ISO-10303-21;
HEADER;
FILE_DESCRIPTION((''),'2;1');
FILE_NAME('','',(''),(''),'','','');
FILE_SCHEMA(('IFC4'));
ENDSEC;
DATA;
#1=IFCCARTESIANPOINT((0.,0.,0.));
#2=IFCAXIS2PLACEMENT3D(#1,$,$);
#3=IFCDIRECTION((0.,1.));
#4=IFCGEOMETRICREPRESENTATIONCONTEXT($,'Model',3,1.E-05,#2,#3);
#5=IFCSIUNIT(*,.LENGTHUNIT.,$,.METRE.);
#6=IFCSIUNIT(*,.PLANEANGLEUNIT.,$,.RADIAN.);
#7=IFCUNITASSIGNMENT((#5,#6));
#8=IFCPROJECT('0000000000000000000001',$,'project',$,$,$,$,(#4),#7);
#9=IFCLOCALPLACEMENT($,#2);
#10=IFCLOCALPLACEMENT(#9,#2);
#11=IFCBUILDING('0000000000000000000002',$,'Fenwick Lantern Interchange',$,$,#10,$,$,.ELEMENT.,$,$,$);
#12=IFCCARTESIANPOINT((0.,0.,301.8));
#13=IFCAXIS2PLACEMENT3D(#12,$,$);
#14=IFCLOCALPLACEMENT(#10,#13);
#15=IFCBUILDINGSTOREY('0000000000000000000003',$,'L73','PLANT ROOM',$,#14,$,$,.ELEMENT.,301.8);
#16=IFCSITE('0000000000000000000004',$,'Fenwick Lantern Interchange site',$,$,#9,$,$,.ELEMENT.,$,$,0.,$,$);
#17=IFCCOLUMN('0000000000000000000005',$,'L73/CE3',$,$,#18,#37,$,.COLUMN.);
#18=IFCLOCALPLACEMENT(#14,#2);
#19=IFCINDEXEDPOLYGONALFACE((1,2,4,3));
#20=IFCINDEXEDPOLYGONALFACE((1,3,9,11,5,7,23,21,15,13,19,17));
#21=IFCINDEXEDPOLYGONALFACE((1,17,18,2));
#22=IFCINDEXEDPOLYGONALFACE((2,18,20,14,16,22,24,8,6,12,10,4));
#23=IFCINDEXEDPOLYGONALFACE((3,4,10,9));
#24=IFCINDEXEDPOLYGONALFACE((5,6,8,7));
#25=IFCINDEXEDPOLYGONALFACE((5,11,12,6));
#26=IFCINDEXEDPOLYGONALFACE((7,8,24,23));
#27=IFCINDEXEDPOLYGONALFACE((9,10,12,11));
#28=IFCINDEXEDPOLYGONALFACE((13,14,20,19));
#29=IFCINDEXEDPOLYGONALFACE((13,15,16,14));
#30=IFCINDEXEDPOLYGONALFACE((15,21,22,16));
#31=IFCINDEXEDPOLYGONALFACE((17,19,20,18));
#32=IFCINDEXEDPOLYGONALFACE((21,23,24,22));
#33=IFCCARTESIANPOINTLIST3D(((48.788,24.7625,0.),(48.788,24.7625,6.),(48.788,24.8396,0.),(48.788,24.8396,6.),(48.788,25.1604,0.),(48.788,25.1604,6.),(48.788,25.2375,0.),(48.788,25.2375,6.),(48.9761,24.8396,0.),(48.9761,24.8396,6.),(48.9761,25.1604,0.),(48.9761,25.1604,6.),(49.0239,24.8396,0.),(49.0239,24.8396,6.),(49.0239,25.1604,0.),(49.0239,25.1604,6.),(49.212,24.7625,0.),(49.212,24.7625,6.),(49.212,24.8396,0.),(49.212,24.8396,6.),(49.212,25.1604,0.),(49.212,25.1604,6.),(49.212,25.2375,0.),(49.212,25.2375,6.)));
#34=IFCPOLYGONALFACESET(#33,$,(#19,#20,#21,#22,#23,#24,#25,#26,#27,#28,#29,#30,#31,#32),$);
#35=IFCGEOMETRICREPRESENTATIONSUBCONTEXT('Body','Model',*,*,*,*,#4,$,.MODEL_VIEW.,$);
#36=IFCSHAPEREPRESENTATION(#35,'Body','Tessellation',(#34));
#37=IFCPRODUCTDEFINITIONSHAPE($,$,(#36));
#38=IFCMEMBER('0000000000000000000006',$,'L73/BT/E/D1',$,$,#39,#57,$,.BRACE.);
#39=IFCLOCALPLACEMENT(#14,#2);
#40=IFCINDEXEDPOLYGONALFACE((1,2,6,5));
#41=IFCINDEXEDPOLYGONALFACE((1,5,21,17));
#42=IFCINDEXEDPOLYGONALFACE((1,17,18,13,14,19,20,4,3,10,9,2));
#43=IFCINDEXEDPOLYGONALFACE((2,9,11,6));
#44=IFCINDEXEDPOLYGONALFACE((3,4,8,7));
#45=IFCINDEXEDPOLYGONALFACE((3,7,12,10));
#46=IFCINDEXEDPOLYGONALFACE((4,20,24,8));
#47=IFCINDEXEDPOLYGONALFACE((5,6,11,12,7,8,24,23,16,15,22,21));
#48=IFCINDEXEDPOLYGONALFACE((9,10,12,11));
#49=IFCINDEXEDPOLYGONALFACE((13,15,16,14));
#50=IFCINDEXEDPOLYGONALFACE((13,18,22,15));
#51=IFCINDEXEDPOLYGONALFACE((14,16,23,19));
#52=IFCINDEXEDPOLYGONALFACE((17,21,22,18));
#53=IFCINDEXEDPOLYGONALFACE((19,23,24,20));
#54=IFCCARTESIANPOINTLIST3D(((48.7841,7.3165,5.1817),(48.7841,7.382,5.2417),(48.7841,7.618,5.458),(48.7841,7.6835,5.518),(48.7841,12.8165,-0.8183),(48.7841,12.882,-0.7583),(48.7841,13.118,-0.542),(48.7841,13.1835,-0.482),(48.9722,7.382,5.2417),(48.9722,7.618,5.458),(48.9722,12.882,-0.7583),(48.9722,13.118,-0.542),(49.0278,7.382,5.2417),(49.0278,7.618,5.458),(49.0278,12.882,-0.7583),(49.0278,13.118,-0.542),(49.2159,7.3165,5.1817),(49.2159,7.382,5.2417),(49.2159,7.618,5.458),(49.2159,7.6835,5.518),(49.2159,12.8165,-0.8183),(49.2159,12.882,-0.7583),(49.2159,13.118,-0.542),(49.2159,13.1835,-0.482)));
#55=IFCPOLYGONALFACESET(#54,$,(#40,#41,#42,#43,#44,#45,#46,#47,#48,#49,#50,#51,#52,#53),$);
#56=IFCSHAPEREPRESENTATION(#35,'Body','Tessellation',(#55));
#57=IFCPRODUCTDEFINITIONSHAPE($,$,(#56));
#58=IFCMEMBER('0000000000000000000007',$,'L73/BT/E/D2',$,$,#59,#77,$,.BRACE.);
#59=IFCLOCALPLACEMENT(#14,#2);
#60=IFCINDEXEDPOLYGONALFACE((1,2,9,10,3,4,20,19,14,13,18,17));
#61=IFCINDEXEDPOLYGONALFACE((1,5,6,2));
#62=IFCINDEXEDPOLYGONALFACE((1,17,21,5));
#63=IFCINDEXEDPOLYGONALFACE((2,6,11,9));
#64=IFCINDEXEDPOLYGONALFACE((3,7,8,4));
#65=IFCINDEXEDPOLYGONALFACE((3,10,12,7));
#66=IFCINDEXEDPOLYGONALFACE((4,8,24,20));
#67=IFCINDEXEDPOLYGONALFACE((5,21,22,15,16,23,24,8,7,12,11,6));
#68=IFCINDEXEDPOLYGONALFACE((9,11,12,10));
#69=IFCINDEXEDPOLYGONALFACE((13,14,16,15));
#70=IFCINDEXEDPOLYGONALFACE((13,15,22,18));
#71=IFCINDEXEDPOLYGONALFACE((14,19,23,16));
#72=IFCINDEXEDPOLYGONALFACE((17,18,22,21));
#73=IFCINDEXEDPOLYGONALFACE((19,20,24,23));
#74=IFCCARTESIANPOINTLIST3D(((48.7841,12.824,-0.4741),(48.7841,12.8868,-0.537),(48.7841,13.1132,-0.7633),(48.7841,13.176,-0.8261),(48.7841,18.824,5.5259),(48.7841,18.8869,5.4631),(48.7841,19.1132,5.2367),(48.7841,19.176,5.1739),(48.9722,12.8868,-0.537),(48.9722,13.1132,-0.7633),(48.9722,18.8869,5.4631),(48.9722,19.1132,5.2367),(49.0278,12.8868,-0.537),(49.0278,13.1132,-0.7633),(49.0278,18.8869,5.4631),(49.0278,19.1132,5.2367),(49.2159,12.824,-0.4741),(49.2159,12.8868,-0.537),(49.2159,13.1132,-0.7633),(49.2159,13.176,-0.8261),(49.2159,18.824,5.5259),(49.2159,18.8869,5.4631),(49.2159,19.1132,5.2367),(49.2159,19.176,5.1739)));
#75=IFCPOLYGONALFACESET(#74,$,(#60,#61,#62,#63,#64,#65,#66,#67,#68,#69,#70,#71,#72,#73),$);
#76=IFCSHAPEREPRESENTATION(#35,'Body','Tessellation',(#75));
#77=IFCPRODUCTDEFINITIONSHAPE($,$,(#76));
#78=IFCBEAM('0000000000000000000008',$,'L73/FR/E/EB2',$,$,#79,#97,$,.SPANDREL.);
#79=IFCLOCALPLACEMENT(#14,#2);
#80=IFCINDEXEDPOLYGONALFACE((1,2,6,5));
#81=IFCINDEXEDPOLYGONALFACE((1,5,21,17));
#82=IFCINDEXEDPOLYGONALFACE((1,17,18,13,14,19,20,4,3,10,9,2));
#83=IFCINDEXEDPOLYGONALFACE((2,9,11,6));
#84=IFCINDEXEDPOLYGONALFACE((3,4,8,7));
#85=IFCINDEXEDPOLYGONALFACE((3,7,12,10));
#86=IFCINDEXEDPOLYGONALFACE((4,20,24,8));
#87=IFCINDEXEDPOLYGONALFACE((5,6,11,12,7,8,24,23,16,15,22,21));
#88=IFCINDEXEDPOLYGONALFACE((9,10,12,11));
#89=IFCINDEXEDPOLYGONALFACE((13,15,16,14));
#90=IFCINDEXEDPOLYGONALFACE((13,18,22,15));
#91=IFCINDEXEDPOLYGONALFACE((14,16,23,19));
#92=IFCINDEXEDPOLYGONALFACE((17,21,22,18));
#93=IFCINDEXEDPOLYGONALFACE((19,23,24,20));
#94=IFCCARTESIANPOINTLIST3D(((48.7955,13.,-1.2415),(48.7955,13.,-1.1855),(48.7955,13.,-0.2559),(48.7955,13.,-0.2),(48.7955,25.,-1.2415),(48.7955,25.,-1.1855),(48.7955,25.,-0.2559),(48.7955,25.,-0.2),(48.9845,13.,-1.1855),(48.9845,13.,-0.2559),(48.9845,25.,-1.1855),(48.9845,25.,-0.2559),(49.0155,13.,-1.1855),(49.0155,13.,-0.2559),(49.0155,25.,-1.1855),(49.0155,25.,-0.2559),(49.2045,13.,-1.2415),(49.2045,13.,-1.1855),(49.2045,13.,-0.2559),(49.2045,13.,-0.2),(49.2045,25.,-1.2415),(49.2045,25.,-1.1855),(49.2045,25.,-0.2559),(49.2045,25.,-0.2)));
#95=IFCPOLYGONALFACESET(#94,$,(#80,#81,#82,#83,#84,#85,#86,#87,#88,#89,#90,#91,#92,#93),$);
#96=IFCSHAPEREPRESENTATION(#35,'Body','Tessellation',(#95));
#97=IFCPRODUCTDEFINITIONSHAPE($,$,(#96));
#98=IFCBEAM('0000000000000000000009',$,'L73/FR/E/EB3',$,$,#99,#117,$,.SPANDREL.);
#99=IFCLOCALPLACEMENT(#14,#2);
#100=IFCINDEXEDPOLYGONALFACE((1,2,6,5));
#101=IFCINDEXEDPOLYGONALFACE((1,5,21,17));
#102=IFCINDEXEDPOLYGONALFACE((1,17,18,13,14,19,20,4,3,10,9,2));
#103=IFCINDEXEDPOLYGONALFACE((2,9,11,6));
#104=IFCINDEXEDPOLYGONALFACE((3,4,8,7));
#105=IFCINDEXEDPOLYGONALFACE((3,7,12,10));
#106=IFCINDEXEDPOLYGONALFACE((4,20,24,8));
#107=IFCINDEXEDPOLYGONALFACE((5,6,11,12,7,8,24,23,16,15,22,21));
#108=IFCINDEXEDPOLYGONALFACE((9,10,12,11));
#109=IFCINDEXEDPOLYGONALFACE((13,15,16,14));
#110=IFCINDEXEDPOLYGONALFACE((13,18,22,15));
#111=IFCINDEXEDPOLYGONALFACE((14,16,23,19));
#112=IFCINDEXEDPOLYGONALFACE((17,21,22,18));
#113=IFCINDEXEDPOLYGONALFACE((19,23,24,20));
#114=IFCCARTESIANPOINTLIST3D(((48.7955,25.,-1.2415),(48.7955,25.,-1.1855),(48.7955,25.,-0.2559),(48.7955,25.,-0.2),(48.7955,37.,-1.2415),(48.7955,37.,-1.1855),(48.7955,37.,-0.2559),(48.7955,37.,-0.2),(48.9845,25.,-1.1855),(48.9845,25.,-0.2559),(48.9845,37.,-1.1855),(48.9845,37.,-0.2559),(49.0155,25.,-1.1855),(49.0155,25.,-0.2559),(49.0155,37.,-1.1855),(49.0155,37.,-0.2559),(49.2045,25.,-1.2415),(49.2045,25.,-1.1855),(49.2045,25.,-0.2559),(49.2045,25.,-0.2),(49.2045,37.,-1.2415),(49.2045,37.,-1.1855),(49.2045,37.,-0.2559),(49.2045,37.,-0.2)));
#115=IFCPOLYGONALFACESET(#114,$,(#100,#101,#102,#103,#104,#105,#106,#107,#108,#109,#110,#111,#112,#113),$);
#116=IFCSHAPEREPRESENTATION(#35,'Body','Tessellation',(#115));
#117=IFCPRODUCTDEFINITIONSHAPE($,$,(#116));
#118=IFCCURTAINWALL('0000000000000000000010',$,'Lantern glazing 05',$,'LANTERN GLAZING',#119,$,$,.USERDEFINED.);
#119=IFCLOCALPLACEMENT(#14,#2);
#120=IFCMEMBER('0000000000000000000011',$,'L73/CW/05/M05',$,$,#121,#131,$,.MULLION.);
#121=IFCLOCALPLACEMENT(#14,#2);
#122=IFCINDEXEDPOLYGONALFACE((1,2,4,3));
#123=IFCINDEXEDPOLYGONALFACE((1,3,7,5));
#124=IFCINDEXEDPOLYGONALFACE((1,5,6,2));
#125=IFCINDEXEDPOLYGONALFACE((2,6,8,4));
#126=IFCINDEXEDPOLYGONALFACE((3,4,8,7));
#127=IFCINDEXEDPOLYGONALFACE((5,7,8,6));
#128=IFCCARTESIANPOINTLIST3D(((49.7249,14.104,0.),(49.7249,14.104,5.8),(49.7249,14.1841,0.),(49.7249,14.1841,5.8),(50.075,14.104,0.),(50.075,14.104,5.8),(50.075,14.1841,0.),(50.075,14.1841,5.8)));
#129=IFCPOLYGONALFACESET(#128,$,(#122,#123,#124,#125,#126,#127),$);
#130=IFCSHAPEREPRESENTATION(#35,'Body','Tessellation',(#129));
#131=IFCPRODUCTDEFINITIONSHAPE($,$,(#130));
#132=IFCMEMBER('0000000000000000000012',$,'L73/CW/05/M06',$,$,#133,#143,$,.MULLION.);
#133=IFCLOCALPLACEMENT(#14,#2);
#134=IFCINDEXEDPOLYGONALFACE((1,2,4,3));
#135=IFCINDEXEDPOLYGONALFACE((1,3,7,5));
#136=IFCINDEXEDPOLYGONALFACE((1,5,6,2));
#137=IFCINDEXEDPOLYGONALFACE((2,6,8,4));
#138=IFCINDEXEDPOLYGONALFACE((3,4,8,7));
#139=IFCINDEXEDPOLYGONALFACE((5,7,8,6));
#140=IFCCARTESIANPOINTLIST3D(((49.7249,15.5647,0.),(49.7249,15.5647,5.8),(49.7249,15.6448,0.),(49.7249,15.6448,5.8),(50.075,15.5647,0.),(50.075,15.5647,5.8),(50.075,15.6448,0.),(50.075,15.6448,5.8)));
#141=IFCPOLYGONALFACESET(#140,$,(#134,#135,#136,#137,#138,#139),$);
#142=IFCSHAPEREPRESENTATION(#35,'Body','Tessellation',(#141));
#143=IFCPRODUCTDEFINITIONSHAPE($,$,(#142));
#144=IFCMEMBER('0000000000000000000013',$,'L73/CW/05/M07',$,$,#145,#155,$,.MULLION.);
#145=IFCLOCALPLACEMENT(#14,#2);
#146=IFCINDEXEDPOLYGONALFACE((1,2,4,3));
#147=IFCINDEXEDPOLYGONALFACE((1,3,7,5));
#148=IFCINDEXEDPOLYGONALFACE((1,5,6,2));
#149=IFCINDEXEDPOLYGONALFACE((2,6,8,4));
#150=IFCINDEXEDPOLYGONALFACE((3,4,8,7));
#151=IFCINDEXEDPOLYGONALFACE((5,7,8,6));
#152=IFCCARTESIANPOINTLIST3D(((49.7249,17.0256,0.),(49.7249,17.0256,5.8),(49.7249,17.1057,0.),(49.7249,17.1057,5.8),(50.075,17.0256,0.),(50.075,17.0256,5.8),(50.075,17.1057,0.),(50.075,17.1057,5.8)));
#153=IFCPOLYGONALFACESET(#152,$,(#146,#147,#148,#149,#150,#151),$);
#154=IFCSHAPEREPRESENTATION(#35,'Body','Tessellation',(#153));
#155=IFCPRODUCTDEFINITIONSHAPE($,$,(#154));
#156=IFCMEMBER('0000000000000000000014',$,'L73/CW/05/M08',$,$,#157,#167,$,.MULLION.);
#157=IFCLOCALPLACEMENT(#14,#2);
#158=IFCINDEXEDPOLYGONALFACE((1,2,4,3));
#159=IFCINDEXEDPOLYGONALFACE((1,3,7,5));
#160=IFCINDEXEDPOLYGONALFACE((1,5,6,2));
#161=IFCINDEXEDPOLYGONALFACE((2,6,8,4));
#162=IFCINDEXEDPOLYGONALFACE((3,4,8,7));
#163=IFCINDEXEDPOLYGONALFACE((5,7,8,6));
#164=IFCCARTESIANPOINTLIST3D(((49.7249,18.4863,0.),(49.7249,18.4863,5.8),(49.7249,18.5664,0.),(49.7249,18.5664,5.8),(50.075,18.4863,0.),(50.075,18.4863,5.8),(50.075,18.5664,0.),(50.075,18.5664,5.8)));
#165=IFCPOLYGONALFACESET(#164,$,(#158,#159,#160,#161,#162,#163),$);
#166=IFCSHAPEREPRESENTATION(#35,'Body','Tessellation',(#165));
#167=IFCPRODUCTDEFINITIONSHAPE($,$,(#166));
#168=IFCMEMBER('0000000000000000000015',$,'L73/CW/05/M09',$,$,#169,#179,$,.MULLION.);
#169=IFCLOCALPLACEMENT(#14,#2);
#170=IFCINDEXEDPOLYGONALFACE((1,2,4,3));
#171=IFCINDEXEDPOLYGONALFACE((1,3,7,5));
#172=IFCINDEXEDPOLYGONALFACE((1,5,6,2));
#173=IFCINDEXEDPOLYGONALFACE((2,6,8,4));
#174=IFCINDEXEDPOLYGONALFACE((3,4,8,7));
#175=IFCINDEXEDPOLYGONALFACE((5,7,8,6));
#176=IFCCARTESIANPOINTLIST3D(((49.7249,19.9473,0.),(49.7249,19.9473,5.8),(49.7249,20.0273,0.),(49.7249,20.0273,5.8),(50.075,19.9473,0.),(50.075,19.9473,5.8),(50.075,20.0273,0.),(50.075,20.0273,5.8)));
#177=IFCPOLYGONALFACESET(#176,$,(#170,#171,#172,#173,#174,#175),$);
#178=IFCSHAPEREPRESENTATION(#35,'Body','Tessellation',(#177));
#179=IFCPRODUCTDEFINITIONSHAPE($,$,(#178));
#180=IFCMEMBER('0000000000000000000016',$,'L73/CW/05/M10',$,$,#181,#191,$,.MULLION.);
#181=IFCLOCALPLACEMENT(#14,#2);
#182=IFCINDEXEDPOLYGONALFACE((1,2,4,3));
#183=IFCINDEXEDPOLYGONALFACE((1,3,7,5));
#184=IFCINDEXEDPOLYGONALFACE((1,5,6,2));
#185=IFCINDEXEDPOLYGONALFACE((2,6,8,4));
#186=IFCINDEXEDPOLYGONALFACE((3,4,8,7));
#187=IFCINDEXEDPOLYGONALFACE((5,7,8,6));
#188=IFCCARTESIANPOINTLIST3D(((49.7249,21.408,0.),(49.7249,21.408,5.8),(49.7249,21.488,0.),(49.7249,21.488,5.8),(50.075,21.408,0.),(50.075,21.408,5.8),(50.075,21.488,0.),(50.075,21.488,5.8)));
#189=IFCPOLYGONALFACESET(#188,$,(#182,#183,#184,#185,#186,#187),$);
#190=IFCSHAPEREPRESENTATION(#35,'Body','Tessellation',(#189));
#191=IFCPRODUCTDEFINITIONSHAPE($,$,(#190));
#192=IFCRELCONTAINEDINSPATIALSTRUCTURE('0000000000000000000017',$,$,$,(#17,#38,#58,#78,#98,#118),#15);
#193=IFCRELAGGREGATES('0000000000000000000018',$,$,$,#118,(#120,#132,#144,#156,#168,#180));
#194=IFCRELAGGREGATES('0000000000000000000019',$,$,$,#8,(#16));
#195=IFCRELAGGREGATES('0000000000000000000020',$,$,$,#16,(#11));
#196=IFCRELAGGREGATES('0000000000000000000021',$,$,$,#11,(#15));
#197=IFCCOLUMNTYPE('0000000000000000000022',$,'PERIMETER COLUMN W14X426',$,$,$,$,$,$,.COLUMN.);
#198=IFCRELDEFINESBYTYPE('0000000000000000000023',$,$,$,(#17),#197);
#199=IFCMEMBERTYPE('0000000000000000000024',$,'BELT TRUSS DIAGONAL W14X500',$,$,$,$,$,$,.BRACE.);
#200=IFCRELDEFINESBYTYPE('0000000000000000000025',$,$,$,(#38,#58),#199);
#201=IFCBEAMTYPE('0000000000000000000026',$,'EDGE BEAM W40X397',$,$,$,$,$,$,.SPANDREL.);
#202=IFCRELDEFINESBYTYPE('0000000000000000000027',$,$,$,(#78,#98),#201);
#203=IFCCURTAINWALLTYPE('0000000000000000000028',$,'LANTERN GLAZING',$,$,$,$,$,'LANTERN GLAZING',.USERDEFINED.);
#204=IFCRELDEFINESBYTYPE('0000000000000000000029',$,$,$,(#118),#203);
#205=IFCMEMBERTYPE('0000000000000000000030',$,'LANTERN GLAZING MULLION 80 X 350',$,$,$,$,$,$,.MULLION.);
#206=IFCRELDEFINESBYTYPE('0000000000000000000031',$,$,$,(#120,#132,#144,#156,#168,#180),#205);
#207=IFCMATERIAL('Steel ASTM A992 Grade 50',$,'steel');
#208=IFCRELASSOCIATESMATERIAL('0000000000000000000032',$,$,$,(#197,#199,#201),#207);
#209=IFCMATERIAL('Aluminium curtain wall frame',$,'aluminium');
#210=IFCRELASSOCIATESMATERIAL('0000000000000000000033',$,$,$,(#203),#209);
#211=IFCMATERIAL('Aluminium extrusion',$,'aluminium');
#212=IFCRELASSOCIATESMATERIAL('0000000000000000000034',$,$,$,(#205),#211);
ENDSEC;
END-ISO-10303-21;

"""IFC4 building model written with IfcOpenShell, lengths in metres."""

from ifc_helpers import new_model, si_unit, direction, frame, origin, origin_2d, place, context, subcontext, project, spatial, rectangle, i_section, extrude, material, material_profile, profile_set, type_object, element, aggregate, save


model = new_model("IFC4")

# Units and contexts
model_context = context("Model", 3, precision=1e-05, world=origin(), true_north=direction((0.0, 1.0)))
body_context = subcontext(model_context, "Body", "Model", "MODEL_VIEW")
ifc_project = project(units=[si_unit("LENGTHUNIT", "METRE"), si_unit("PLANEANGLEUNIT", "RADIAN")], contexts=[model_context])

# Site, building, storey
site_placement = place(None, origin())
site = spatial("IfcSite", under=ifc_project, at=site_placement, Name="Fenwick Lantern Interchange site", CompositionType="ELEMENT", RefElevation=0.0)
building_placement = place(site_placement, origin())
building = spatial("IfcBuilding", under=site, at=building_placement, Name="Fenwick Lantern Interchange", CompositionType="ELEMENT")
storey_placement = place(building_placement, frame((0.0, 0.0, 301.8)))
storey = spatial("IfcBuildingStorey", under=building, at=storey_placement, Name="L73", Description="PLANT ROOM", CompositionType="ELEMENT", Elevation=301.8)

# Column
ifc_material_1 = material(Name="Steel ASTM A992 Grade 50", Category="steel")
ifc_material_profile_1 = material_profile(ifc_material_1, i_section(OverallWidth=0.4241, OverallDepth=0.4751, WebThickness=0.0479, FlangeThickness=0.0771, at=origin_2d()), Name="W14X426")
ifc_profile_set_1 = profile_set([ifc_material_profile_1], Name="Steel ASTM A992 Grade 50")
column_type = type_object("IfcColumnType", Name="PERIMETER COLUMN W14X426", PredefinedType="COLUMN", material=ifc_profile_set_1)
column_placement = place(storey_placement, frame((49.0, 25.0, 0.0), z_axis=(0.0, 0.0, 1.0), x_axis=(1.0, 0.0, 0.0)))
element("IfcColumn", 1, at=column_placement, inside=storey, type_object=column_type, Name="L73/CE3", PredefinedType="COLUMN", context=body_context, shape_type="SweptSolid", body=[
    extrude(i_section(OverallWidth=0.4241, OverallDepth=0.4751, WebThickness=0.0479, FlangeThickness=0.0771, at=origin_2d()), origin(), (0.0, 0.0, 1.0), 6.0),
])

# Members
ifc_material_profile_2 = material_profile(ifc_material_1, i_section(OverallWidth=0.4319, OverallDepth=0.4978, WebThickness=0.0557, FlangeThickness=0.0889, at=origin_2d()), Name="W14X500")
ifc_profile_set_2 = profile_set([ifc_material_profile_2], Name="Steel ASTM A992 Grade 50")
member_type_1 = type_object("IfcMemberType", Name="BELT TRUSS DIAGONAL W14X500", PredefinedType="BRACE", material=ifc_profile_set_2)
member_1_placement = place(storey_placement, frame((49.0, 13.0, -0.6501), z_axis=(0.0, -0.675725, 0.737154), x_axis=(1.0, 0.0, 0.0)))
element("IfcMember", 2, at=member_1_placement, inside=storey, type_object=member_type_1, Name="L73/BT/E/D1", PredefinedType="BRACE", context=body_context, shape_type="SweptSolid", body=[
    extrude(i_section(OverallWidth=0.4319, OverallDepth=0.4978, WebThickness=0.0557, FlangeThickness=0.0889, at=origin_2d()), origin(), (0.0, 0.0, 1.0), 8.1394),
])
member_2_placement = place(storey_placement, frame((49.0, 13.0, -0.6501), z_axis=(0.0, 0.707107, 0.707107), x_axis=(-1.0, 0.0, 0.0)))
element("IfcMember", 3, at=member_2_placement, inside=storey, type_object=member_type_1, Name="L73/BT/E/D2", PredefinedType="BRACE", context=body_context, shape_type="SweptSolid", body=[
    extrude(i_section(OverallWidth=0.4319, OverallDepth=0.4978, WebThickness=0.0557, FlangeThickness=0.0889, at=origin_2d()), origin(), (0.0, 0.0, 1.0), 8.4854),
])

# Beams
ifc_material_profile_3 = material_profile(ifc_material_1, i_section(OverallWidth=0.4089, OverallDepth=1.0415, WebThickness=0.031, FlangeThickness=0.0559, at=origin_2d()), Name="W40X397")
ifc_profile_set_3 = profile_set([ifc_material_profile_3], Name="Steel ASTM A992 Grade 50")
beam_type_1 = type_object("IfcBeamType", Name="EDGE BEAM W40X397", PredefinedType="SPANDREL", material=ifc_profile_set_3)
for number, where, z_axis, x_axis, name in (
    (4, (49.0, 13.0, -0.7207), (0.0, 1.0, 0.0), (-1.0, 0.0, 0.0), "L73/FR/E/EB2"),
    (5, (49.0, 25.0, -0.7207), (0.0, 1.0, 0.0), (-1.0, 0.0, 0.0), "L73/FR/E/EB3"),
):
    element("IfcBeam", number, at=place(storey_placement, frame(where, z_axis=z_axis, x_axis=x_axis)), inside=storey, type_object=beam_type_1, Name=name, PredefinedType="SPANDREL", context=body_context, shape_type="SweptSolid", body=[
        extrude(i_section(OverallWidth=0.4089, OverallDepth=1.0415, WebThickness=0.031, FlangeThickness=0.0559, at=origin_2d()), origin(), (0.0, 0.0, 1.0), 12.0),
    ])

# Curtain wall, members
ifc_material_2 = material(Name="Aluminium curtain wall frame", Category="aluminium")
curtain_wall_type = type_object("IfcCurtainWallType", Name="LANTERN GLAZING", ElementType="LANTERN GLAZING", PredefinedType="USERDEFINED", material=ifc_material_2)
curtain_wall_placement = place(storey_placement, origin())
curtain_wall = element("IfcCurtainWall", 6, at=curtain_wall_placement, inside=storey, type_object=curtain_wall_type, Name="Lantern glazing 05", ObjectType="LANTERN GLAZING", PredefinedType="USERDEFINED")
ifc_material_3 = material(Name="Aluminium extrusion", Category="aluminium")
ifc_material_profile_4 = material_profile(ifc_material_3, rectangle(XDim=0.3501, YDim=0.0801, at=origin_2d()), Name="LANTERN GLAZING MULLION 80 X 350")
ifc_profile_set_4 = profile_set([ifc_material_profile_4], Name="Aluminium extrusion")
member_type_2 = type_object("IfcMemberType", Name="LANTERN GLAZING MULLION 80 X 350", PredefinedType="MULLION", material=ifc_profile_set_4)
member_3_placement = place(storey_placement, frame((49.8999, 14.144, 0.0), z_axis=(0.0, 0.0, 1.0), x_axis=(-1.0, 0.0, 0.0)))
member_3 = element("IfcMember", 7, at=member_3_placement, type_object=member_type_2, Name="L73/CW/05/M05", PredefinedType="MULLION", context=body_context, shape_type="SweptSolid", body=[
    extrude(rectangle(XDim=0.3501, YDim=0.0801, at=origin_2d()), origin(), (0.0, 0.0, 1.0), 5.8),
])
member_4_placement = place(storey_placement, frame((49.8999, 15.6047, 0.0), z_axis=(0.0, 0.0, 1.0), x_axis=(-1.0, 0.0, 0.0)))
member_4 = element("IfcMember", 8, at=member_4_placement, type_object=member_type_2, Name="L73/CW/05/M06", PredefinedType="MULLION", context=body_context, shape_type="SweptSolid", body=[
    extrude(rectangle(XDim=0.3501, YDim=0.0801, at=origin_2d()), origin(), (0.0, 0.0, 1.0), 5.8),
])
member_5_placement = place(storey_placement, frame((49.8999, 17.0657, 0.0), z_axis=(0.0, 0.0, 1.0), x_axis=(-1.0, 0.0, 0.0)))
member_5 = element("IfcMember", 9, at=member_5_placement, type_object=member_type_2, Name="L73/CW/05/M07", PredefinedType="MULLION", context=body_context, shape_type="SweptSolid", body=[
    extrude(rectangle(XDim=0.3501, YDim=0.0801, at=origin_2d()), origin(), (0.0, 0.0, 1.0), 5.8),
])
member_6_placement = place(storey_placement, frame((49.8999, 18.5264, 0.0), z_axis=(0.0, 0.0, 1.0), x_axis=(-1.0, 0.0, 0.0)))
member_6 = element("IfcMember", 10, at=member_6_placement, type_object=member_type_2, Name="L73/CW/05/M08", PredefinedType="MULLION", context=body_context, shape_type="SweptSolid", body=[
    extrude(rectangle(XDim=0.3501, YDim=0.0801, at=origin_2d()), origin(), (0.0, 0.0, 1.0), 5.8),
])
member_7_placement = place(storey_placement, frame((49.8999, 19.9873, 0.0), z_axis=(0.0, 0.0, 1.0), x_axis=(-1.0, 0.0, 0.0)))
member_7 = element("IfcMember", 11, at=member_7_placement, type_object=member_type_2, Name="L73/CW/05/M09", PredefinedType="MULLION", context=body_context, shape_type="SweptSolid", body=[
    extrude(rectangle(XDim=0.3501, YDim=0.0801, at=origin_2d()), origin(), (0.0, 0.0, 1.0), 5.8),
])
member_8_placement = place(storey_placement, frame((49.8999, 21.448, 0.0), z_axis=(0.0, 0.0, 1.0), x_axis=(-1.0, 0.0, 0.0)))
member_8 = element("IfcMember", 12, at=member_8_placement, type_object=member_type_2, Name="L73/CW/05/M10", PredefinedType="MULLION", context=body_context, shape_type="SweptSolid", body=[
    extrude(rectangle(XDim=0.3501, YDim=0.0801, at=origin_2d()), origin(), (0.0, 0.0, 1.0), 5.8),
])
aggregate(curtain_wall, [member_3, member_4, member_5, member_6, member_7, member_8])

save(model, "model.ifc")
